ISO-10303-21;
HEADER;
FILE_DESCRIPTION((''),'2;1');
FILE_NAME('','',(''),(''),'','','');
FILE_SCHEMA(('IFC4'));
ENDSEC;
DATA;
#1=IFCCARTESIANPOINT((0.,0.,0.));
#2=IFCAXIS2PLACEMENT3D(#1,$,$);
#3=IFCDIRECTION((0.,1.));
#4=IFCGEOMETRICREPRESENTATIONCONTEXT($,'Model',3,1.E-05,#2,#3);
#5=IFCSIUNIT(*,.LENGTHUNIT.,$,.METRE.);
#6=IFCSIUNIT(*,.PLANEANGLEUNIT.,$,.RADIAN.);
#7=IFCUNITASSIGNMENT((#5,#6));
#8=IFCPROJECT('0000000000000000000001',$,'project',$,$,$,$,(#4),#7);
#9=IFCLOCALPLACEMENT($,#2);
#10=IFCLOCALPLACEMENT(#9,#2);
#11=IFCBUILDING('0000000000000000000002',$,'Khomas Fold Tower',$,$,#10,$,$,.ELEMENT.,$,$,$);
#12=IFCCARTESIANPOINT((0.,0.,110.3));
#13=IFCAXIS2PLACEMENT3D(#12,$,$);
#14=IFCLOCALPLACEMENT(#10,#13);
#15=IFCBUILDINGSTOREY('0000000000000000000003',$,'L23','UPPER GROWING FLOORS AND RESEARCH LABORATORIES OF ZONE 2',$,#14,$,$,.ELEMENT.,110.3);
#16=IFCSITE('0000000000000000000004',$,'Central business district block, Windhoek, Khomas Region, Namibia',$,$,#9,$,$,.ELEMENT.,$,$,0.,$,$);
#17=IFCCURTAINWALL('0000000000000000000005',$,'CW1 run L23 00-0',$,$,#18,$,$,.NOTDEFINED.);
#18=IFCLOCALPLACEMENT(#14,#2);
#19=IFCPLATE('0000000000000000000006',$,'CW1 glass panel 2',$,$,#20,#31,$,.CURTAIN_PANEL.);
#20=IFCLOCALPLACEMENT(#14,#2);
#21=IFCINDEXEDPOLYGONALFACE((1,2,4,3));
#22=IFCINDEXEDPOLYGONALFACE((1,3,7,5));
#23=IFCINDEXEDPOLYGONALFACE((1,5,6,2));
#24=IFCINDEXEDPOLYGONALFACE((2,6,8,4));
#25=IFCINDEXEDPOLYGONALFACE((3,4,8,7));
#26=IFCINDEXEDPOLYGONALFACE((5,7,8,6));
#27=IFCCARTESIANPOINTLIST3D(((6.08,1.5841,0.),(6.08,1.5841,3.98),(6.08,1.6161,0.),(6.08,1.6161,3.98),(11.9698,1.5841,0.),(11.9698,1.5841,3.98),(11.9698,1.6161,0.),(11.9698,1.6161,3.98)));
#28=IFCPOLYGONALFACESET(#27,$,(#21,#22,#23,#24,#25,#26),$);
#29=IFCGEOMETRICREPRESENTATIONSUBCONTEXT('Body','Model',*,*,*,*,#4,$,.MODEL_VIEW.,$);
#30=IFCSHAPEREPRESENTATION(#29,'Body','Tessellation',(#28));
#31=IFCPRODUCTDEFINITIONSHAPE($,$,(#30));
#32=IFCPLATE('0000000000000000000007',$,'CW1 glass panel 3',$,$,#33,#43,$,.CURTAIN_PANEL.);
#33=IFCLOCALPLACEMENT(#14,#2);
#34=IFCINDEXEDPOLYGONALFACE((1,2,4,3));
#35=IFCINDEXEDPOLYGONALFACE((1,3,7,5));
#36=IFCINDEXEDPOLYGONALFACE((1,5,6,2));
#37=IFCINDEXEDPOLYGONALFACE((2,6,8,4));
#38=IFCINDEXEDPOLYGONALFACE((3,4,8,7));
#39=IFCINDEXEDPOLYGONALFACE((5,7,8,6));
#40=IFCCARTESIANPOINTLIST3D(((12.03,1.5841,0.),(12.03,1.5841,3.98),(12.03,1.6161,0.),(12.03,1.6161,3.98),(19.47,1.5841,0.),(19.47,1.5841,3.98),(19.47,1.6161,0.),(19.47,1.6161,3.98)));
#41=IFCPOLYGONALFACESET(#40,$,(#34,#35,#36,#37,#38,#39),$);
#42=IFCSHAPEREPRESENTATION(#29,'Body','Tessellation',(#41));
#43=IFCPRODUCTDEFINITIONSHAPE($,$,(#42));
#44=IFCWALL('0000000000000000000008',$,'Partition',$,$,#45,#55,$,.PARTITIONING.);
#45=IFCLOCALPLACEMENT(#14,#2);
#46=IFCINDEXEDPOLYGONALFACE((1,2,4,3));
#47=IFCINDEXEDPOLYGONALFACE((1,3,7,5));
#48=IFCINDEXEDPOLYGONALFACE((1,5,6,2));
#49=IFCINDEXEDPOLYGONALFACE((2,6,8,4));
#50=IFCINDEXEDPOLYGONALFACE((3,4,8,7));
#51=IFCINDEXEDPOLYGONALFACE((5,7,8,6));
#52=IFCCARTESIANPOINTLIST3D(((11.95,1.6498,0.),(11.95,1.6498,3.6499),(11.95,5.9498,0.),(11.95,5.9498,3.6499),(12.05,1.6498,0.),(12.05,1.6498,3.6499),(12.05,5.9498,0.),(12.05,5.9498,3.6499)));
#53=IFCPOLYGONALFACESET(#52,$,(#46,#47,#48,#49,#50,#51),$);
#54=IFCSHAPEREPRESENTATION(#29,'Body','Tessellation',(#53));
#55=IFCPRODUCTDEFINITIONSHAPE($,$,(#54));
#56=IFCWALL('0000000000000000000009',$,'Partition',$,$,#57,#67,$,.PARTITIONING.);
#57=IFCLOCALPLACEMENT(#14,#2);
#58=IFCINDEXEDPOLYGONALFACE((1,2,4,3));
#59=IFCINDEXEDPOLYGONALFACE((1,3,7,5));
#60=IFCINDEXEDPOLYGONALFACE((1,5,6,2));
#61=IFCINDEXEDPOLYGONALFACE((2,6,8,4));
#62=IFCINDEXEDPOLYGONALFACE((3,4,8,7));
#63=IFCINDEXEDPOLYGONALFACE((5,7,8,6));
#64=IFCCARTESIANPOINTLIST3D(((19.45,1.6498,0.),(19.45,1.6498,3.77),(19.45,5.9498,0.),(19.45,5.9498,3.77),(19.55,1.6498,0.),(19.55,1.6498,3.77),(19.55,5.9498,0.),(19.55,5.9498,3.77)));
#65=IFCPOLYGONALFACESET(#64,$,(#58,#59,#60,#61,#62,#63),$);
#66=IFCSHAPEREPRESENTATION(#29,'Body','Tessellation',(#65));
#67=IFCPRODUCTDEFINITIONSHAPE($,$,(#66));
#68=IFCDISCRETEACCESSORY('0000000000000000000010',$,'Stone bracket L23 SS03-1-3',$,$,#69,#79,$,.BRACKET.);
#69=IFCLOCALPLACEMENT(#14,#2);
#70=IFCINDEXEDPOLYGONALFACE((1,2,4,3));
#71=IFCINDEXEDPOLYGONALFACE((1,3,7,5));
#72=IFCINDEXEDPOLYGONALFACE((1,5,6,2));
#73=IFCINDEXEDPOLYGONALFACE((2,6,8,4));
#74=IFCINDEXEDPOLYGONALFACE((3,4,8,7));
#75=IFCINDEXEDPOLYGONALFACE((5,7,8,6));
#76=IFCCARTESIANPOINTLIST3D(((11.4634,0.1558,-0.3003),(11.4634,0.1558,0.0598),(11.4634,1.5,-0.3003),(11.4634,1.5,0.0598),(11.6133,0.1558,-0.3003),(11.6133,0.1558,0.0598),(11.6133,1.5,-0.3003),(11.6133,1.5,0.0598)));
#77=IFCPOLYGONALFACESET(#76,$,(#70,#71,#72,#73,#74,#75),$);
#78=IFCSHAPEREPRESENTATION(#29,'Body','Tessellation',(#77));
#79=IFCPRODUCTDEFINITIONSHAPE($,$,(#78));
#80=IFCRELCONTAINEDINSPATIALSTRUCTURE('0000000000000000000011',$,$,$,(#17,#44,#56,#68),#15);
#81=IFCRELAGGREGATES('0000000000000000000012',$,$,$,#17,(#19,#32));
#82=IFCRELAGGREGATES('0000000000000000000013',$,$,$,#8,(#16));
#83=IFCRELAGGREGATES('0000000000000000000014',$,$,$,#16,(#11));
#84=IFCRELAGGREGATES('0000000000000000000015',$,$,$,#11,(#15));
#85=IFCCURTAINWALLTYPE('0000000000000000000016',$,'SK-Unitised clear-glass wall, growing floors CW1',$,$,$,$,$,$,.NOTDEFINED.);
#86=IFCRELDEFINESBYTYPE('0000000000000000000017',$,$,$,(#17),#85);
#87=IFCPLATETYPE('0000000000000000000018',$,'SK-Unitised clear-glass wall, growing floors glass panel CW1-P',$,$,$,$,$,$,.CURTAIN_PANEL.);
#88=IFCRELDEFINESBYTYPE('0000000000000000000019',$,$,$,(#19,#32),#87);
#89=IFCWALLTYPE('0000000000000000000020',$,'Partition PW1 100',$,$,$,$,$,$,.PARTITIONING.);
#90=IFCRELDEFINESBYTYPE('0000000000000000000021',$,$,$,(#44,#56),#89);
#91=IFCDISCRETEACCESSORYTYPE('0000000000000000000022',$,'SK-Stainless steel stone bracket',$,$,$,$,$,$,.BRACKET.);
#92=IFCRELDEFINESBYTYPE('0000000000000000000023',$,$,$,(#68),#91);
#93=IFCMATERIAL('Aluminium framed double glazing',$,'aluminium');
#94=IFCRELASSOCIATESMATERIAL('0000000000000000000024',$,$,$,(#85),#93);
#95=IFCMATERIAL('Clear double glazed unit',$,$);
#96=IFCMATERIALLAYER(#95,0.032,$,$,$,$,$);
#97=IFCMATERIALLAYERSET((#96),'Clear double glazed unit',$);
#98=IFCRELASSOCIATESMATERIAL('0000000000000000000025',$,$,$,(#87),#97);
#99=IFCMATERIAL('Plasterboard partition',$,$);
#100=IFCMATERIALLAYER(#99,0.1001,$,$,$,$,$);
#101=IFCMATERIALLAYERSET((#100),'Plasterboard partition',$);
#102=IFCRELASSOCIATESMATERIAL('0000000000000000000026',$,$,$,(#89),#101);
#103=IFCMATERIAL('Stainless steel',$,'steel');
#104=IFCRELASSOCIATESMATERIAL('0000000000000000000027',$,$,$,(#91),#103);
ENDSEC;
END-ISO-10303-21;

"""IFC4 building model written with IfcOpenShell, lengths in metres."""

from ifc_helpers import new_model, si_unit, direction, frame, frame_2d, origin, origin_2d, place, context, subcontext, project, spatial, rectangle, extrude, source, transform, mapped, material, layer, layer_set, type_object, element, aggregate, save


model = new_model("IFC4")

# Units and contexts
model_context = context("Model", 3, precision=1e-05, world=origin(), true_north=direction((0.0, 1.0)))
body_context = subcontext(model_context, "Body", "Model", "MODEL_VIEW")
ifc_project = project(units=[si_unit("LENGTHUNIT", "METRE"), si_unit("PLANEANGLEUNIT", "RADIAN")], contexts=[model_context])

# Site, building, storey
site_placement = place(None, origin())
site = spatial("IfcSite", under=ifc_project, at=site_placement, Name="Central business district block, Windhoek, Khomas Region, Namibia", CompositionType="ELEMENT", RefElevation=0.0)
building_placement = place(site_placement, origin())
building = spatial("IfcBuilding", under=site, at=building_placement, Name="Khomas Fold Tower", CompositionType="ELEMENT")
storey_placement = place(building_placement, frame((0.0, 0.0, 110.3)))
storey = spatial("IfcBuildingStorey", under=building, at=storey_placement, Name="L23", Description="UPPER GROWING FLOORS AND RESEARCH LABORATORIES OF ZONE 2", CompositionType="ELEMENT", Elevation=110.3)

# Curtain wall
ifc_material_1 = material(Name="Aluminium framed double glazing", Category="aluminium")
curtain_wall_type = type_object("IfcCurtainWallType", Name="SK-Unitised clear-glass wall, growing floors CW1", PredefinedType="NOTDEFINED", material=ifc_material_1)
curtain_wall_1_placement = place(storey_placement, origin())
curtain_wall_1 = element("IfcCurtainWall", 1, at=curtain_wall_1_placement, inside=storey, type_object=curtain_wall_type, Name="CW1 run L23 00-0", PredefinedType="NOTDEFINED")

# Plates
ifc_material_2 = material(Name="Clear double glazed unit")
ifc_layer_1 = layer(ifc_material_2, 0.032)
ifc_layer_set_1 = layer_set([ifc_layer_1], Name="Clear double glazed unit")
plate_type = type_object("IfcPlateType", Name="SK-Unitised clear-glass wall, growing floors glass panel CW1-P", PredefinedType="CURTAIN_PANEL", material=ifc_layer_set_1)
shared_shape_1 = source(origin(), body_context, "Body", "SweptSolid", [
    extrude(rectangle(XDim=5.8899, YDim=0.032, at=origin_2d()), origin(), (0.0, 0.0, 1.0), 3.98),
])
plate_1_placement = place(storey_placement, frame((9.0249, 1.6001, 0.0), z_axis=(0.0, 0.0, 1.0), x_axis=(1.0, 0.0, 0.0)))
plate_1 = element("IfcPlate", 2, at=plate_1_placement, type_object=plate_type, Name="CW1 glass panel 2", PredefinedType="CURTAIN_PANEL", context=body_context, shape_type="MappedRepresentation", body=[
    mapped(shared_shape_1, transform((0.0, 0.0, 0.0))),
])
shared_shape_2 = source(origin(), body_context, "Body", "SweptSolid", [
    extrude(rectangle(XDim=7.4399, YDim=0.032, at=origin_2d()), origin(), (0.0, 0.0, 1.0), 3.98),
])
plate_2_placement = place(storey_placement, frame((15.75, 1.6001, 0.0), z_axis=(0.0, 0.0, 1.0), x_axis=(1.0, 0.0, 0.0)))
plate_2 = element("IfcPlate", 3, at=plate_2_placement, type_object=plate_type, Name="CW1 glass panel 3", PredefinedType="CURTAIN_PANEL", context=body_context, shape_type="MappedRepresentation", body=[
    mapped(shared_shape_2, transform((0.0, 0.0, 0.0))),
])
aggregate(curtain_wall_1, [plate_1, plate_2])

# Walls
ifc_material_3 = material(Name="Plasterboard partition")
ifc_layer_2 = layer(ifc_material_3, 0.1001)
ifc_layer_set_2 = layer_set([ifc_layer_2], Name="Plasterboard partition")
wall_type = type_object("IfcWallType", Name="Partition PW1 100", PredefinedType="PARTITIONING", material=ifc_layer_set_2)
shared_shape_3 = source(origin(), body_context, "Body", "SweptSolid", [
    extrude(rectangle(XDim=4.3, YDim=0.1001, at=frame_2d((2.1499, 0.0))), origin(), (0.0, 0.0, 1.0), 3.6499),
])
wall_1_placement = place(storey_placement, frame((12.0, 1.6499, 0.0), z_axis=(0.0, 0.0, 1.0), x_axis=(0.0, 1.0, 0.0)))
element("IfcWall", 4, at=wall_1_placement, inside=storey, type_object=wall_type, Name="Partition", PredefinedType="PARTITIONING", context=body_context, shape_type="MappedRepresentation", body=[
    mapped(shared_shape_3, transform((0.0, 0.0, 0.0))),
])
shared_shape_4 = source(origin(), body_context, "Body", "SweptSolid", [
    extrude(rectangle(XDim=4.3, YDim=0.1001, at=frame_2d((2.1499, 0.0))), origin(), (0.0, 0.0, 1.0), 3.77),
])
wall_2_placement = place(storey_placement, frame((19.5, 1.6499, 0.0), z_axis=(0.0, 0.0, 1.0), x_axis=(0.0, 1.0, 0.0)))
element("IfcWall", 5, at=wall_2_placement, inside=storey, type_object=wall_type, Name="Partition", PredefinedType="PARTITIONING", context=body_context, shape_type="MappedRepresentation", body=[
    mapped(shared_shape_4, transform((0.0, 0.0, 0.0))),
])

# Discrete accessory
ifc_material_4 = material(Name="Stainless steel", Category="steel")
discrete_accessory_type = type_object("IfcDiscreteAccessoryType", Name="SK-Stainless steel stone bracket", PredefinedType="BRACKET", material=ifc_material_4)
shared_shape_5 = source(origin(), body_context, "Body", "SweptSolid", [
    extrude(rectangle(XDim=1.3442, YDim=0.1499, at=origin_2d()), origin(), (0.0, 0.0, 1.0), 0.3601),
])
discrete_accessory_placement = place(storey_placement, frame((11.5383, 0.8279, -0.3003), z_axis=(0.0, 0.0, 1.0), x_axis=(0.0, -1.0, 0.0)))
element("IfcDiscreteAccessory", 6, at=discrete_accessory_placement, inside=storey, type_object=discrete_accessory_type, Name="Stone bracket L23 SS03-1-3", PredefinedType="BRACKET", context=body_context, shape_type="MappedRepresentation", body=[
    mapped(shared_shape_5, transform((0.0, 0.0, 0.0))),
])

save(model, "model.ifc")
